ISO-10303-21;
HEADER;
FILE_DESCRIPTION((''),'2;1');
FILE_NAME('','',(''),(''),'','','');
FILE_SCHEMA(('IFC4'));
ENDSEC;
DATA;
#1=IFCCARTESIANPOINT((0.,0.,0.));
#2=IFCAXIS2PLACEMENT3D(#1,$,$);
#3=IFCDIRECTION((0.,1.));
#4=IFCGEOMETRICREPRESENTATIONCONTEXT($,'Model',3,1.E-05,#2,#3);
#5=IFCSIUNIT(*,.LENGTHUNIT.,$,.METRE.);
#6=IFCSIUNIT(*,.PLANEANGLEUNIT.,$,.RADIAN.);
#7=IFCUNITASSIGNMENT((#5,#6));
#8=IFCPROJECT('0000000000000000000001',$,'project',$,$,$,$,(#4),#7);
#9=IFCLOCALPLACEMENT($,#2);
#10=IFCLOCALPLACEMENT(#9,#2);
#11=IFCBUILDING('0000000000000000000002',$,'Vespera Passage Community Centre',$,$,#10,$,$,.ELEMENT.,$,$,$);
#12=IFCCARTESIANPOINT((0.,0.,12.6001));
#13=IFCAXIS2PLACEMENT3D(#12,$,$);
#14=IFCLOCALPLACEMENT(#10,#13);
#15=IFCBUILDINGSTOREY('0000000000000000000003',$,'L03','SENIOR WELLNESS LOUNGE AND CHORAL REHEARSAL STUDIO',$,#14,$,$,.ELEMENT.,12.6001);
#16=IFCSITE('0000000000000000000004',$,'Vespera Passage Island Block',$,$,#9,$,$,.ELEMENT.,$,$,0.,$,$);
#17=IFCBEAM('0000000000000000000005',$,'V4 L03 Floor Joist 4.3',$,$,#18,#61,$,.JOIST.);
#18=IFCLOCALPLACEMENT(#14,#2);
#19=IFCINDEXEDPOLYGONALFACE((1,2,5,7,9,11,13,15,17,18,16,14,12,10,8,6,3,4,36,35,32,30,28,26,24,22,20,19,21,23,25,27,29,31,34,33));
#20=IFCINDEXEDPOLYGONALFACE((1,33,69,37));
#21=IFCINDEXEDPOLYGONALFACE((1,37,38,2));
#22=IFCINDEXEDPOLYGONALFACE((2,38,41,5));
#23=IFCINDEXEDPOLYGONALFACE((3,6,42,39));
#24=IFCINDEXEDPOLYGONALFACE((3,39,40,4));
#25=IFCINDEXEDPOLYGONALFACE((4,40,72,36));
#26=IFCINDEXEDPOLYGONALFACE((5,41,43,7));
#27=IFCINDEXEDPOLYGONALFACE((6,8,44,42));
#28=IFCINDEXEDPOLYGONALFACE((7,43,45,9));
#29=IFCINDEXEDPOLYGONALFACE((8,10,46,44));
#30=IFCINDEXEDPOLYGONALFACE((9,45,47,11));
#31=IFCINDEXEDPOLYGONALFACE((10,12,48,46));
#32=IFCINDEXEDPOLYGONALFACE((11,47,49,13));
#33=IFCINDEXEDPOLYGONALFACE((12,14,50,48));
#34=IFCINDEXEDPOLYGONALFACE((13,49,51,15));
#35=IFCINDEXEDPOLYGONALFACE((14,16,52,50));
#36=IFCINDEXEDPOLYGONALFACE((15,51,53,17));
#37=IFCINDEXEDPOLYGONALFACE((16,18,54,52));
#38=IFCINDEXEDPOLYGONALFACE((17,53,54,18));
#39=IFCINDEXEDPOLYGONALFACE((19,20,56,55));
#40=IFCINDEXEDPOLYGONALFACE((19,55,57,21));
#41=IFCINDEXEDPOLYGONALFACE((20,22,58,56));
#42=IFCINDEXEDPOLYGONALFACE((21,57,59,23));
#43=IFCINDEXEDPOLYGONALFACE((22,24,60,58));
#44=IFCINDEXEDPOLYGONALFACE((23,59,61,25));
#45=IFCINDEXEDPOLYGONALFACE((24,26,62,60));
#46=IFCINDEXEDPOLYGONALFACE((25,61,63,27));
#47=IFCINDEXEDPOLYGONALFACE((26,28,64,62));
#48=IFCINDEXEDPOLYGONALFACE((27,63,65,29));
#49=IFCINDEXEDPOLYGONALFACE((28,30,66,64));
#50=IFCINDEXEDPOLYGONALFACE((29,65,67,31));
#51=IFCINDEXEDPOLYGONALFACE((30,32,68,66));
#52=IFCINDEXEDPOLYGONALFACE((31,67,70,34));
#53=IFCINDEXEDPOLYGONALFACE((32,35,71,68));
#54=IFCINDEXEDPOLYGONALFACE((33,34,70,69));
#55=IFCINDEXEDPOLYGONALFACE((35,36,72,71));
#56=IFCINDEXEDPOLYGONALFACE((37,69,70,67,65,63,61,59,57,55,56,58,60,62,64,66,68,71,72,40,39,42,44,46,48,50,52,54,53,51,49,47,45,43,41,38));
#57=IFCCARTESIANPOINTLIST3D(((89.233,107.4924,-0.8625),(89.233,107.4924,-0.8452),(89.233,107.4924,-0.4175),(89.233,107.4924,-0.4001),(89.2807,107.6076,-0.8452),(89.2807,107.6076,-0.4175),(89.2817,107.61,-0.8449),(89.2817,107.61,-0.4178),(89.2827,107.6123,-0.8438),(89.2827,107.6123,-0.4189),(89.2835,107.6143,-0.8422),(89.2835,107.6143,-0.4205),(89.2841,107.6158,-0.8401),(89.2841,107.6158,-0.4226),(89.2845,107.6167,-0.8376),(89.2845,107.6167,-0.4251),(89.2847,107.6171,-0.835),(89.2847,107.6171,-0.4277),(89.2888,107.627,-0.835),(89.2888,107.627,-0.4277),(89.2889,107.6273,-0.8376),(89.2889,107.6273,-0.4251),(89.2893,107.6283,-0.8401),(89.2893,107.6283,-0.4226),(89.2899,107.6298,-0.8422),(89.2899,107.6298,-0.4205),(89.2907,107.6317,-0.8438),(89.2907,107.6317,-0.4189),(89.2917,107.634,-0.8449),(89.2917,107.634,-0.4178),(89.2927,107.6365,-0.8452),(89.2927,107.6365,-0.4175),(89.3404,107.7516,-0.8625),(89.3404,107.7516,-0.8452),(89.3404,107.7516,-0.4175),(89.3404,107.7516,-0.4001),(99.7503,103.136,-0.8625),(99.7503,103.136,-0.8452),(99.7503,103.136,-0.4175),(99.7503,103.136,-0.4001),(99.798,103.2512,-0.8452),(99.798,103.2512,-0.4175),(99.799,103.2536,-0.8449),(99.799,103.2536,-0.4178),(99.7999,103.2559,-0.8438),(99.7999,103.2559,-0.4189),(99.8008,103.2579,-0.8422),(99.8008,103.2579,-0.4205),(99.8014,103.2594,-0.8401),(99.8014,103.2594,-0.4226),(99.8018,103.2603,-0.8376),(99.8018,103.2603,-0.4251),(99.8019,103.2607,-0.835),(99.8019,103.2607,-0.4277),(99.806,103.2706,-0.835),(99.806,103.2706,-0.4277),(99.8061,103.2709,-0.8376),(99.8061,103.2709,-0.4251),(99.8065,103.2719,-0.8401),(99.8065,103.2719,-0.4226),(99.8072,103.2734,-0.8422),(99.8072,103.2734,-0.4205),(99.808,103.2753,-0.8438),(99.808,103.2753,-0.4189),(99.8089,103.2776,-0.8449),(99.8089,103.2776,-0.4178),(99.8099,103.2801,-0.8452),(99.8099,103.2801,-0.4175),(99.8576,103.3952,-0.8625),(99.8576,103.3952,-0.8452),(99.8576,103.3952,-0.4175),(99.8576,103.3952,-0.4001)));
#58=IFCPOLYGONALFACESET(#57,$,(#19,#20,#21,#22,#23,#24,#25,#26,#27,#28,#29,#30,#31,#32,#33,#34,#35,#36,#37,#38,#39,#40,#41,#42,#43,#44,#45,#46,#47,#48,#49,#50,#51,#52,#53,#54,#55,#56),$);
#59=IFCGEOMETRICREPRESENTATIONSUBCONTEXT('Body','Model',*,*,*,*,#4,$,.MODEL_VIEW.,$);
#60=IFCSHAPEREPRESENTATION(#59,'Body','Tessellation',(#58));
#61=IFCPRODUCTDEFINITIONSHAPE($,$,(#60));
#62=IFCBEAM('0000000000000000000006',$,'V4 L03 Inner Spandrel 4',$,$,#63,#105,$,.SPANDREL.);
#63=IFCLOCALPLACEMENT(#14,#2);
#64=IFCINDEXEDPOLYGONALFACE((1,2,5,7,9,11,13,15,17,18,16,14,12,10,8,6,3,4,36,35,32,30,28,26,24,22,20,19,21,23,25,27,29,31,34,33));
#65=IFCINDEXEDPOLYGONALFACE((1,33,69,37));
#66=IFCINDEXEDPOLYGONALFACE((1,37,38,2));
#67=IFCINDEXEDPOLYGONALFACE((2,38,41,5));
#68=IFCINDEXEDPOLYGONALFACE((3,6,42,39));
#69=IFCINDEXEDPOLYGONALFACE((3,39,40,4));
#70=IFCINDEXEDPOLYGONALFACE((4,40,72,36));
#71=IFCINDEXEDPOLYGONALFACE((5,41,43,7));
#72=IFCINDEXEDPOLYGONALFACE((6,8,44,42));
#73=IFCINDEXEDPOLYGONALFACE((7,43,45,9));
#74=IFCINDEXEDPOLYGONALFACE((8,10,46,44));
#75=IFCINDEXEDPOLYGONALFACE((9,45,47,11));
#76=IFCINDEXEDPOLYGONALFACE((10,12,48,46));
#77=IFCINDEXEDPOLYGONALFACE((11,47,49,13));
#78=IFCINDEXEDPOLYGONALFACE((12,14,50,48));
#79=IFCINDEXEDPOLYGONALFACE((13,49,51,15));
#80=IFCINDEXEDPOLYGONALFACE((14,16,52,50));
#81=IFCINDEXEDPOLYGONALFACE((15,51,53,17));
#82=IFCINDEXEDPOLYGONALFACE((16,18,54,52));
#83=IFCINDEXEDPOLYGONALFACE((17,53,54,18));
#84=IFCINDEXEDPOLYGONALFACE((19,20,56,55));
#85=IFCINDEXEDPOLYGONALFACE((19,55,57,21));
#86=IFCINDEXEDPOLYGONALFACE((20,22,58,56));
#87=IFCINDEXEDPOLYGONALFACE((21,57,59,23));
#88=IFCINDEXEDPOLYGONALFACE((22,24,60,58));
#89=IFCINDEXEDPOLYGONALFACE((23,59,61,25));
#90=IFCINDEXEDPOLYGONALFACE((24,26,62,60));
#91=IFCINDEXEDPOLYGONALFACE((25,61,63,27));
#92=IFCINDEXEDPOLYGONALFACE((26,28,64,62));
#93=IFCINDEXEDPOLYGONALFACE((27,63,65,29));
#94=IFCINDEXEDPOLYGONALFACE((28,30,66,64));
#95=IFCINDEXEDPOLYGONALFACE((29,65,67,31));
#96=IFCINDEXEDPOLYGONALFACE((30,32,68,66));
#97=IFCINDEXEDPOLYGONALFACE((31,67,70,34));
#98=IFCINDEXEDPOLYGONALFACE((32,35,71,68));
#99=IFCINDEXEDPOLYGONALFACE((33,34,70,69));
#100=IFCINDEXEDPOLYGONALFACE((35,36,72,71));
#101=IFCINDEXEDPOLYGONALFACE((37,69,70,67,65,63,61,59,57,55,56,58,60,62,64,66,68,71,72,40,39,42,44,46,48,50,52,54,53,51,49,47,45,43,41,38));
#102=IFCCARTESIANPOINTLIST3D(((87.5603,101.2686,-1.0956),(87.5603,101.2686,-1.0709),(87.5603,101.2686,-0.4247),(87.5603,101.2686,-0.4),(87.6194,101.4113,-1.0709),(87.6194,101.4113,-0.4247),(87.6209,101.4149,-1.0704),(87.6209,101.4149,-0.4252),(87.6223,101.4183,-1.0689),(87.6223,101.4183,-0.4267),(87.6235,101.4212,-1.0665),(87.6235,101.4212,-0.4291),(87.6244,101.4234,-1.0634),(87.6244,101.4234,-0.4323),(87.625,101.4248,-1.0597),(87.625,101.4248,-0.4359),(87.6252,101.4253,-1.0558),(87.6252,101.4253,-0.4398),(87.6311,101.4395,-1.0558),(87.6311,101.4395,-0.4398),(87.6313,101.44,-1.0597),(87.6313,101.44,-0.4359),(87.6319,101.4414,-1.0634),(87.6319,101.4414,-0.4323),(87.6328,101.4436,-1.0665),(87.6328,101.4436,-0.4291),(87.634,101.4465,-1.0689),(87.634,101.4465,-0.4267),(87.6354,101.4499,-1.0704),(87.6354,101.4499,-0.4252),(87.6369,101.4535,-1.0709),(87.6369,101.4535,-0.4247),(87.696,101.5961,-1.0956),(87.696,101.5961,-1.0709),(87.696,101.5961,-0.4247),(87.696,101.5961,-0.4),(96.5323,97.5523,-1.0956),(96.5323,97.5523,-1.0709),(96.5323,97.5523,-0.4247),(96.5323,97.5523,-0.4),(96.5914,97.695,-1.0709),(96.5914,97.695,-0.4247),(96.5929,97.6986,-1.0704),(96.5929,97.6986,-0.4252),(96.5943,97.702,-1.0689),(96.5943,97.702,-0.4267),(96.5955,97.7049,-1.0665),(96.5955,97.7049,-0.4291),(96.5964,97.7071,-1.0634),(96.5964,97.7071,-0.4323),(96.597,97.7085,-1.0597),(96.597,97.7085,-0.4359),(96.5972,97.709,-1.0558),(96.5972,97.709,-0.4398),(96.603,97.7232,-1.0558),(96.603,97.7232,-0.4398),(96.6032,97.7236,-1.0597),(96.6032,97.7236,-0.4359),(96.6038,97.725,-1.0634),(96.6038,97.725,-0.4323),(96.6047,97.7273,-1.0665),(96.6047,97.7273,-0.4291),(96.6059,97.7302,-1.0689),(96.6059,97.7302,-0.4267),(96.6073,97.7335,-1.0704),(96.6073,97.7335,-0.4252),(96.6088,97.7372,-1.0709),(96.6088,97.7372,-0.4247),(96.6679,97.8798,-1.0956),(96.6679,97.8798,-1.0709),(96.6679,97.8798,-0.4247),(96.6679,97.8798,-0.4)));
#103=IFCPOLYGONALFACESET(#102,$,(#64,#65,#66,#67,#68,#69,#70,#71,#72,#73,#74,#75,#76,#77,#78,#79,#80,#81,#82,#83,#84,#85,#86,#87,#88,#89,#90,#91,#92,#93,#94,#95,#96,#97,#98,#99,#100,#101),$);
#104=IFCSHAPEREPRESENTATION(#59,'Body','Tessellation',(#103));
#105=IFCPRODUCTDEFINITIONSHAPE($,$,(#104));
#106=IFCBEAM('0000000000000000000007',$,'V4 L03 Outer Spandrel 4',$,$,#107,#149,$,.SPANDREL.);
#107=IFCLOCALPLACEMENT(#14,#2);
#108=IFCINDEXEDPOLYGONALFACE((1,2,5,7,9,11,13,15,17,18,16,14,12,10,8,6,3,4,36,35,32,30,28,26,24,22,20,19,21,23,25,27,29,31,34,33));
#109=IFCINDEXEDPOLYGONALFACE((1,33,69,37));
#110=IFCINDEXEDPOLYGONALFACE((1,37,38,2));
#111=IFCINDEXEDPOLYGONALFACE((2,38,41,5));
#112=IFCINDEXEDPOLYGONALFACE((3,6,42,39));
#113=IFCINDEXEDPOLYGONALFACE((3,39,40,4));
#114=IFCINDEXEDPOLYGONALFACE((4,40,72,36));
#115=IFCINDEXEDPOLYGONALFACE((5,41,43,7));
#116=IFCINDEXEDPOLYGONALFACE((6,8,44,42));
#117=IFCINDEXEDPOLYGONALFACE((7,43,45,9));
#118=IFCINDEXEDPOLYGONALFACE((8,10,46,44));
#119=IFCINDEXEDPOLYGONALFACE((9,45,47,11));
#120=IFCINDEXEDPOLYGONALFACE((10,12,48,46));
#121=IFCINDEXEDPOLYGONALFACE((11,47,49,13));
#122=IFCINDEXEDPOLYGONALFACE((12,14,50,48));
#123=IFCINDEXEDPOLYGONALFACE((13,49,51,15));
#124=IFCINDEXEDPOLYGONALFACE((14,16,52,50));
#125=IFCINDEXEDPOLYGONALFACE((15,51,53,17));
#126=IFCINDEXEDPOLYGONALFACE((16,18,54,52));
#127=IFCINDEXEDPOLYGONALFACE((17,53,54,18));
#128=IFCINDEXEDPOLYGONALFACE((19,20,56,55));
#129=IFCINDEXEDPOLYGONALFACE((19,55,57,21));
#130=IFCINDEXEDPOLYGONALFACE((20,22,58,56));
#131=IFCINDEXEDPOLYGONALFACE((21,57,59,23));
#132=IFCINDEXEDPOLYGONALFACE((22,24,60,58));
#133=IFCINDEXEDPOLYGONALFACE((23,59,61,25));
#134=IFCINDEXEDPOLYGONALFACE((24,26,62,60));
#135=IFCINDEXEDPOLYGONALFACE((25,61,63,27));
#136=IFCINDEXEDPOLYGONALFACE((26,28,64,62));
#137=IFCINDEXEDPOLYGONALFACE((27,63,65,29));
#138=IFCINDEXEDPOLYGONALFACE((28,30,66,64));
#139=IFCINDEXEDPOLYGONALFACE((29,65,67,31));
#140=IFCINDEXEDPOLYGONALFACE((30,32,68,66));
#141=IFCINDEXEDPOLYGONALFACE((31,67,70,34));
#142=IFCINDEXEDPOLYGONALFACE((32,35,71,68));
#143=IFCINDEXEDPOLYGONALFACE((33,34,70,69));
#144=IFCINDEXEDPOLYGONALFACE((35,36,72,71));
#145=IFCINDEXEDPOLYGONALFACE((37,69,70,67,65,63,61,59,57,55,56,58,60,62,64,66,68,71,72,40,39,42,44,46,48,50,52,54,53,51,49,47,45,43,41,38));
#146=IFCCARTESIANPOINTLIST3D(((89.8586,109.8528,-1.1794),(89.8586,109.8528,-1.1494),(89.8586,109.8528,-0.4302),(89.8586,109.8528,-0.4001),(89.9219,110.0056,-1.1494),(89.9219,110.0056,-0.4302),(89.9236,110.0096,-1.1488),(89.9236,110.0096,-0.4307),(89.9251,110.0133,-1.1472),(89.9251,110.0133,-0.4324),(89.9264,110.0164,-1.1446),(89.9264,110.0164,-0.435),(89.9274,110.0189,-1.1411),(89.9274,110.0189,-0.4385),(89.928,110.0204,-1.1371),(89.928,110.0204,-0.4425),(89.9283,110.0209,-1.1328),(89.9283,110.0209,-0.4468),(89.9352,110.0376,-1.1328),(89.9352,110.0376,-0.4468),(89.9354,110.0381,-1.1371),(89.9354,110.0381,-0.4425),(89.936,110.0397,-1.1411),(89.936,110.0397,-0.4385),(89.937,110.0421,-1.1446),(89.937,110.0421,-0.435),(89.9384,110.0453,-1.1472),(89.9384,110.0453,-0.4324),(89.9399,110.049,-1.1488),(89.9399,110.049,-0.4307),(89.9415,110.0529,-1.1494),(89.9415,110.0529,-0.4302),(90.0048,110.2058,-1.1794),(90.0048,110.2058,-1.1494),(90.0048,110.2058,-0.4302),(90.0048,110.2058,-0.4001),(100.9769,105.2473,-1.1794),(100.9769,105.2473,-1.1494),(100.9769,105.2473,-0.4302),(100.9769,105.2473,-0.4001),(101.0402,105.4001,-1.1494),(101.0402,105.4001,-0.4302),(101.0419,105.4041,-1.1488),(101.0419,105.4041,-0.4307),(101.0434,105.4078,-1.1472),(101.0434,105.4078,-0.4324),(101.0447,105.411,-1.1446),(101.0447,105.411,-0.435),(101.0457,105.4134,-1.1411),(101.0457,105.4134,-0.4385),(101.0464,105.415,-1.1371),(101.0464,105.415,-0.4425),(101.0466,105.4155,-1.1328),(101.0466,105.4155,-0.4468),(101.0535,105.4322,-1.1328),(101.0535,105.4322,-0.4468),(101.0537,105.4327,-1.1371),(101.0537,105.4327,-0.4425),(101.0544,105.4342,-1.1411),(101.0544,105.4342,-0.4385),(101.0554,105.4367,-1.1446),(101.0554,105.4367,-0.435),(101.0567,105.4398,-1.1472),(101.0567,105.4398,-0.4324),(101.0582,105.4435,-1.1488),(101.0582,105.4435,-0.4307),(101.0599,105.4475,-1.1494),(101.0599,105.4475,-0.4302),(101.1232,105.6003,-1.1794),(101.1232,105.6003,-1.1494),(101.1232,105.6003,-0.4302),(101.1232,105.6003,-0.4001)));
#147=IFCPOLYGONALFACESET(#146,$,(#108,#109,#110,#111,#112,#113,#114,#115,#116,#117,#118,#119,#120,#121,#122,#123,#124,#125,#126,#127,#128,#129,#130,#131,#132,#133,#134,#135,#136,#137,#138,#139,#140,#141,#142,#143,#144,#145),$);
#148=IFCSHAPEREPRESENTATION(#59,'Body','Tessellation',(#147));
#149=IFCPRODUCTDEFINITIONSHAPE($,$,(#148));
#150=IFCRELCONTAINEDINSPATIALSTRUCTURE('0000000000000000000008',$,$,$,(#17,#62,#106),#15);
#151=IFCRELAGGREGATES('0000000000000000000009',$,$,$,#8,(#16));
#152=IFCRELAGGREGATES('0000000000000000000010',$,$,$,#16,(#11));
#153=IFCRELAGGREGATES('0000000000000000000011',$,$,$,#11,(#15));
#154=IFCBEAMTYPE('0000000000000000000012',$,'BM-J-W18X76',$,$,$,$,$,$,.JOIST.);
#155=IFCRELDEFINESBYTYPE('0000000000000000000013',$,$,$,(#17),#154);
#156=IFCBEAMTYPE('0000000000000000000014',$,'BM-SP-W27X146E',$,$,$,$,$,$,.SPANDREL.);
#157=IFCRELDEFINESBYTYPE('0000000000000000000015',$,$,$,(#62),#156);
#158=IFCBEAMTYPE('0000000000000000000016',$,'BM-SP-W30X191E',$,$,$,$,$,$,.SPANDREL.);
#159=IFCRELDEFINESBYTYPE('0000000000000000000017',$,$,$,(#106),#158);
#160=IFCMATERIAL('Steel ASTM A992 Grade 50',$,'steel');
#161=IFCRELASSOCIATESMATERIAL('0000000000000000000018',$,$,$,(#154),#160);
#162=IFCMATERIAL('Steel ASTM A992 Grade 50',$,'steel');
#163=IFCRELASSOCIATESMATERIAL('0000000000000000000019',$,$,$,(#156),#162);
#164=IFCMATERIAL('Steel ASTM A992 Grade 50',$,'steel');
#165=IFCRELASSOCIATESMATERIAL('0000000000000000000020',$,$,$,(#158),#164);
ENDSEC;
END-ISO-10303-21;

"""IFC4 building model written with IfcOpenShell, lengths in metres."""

from ifc_helpers import new_model, si_unit, direction, frame, origin, origin_2d, place, context, subcontext, project, spatial, i_section, extrude, material, material_profile, profile_set, type_object, element, save


model = new_model("IFC4")

# Units and contexts
model_context = context("Model", 3, precision=1e-05, world=origin(), true_north=direction((0.0, 1.0)))
body_context = subcontext(model_context, "Body", "Model", "MODEL_VIEW")
ifc_project = project(units=[si_unit("LENGTHUNIT", "METRE"), si_unit("PLANEANGLEUNIT", "RADIAN")], contexts=[model_context])

# Site, building, storey
site_placement = place(None, origin())
site = spatial("IfcSite", under=ifc_project, at=site_placement, Name="Vespera Passage Island Block", CompositionType="ELEMENT", RefElevation=0.0)
building_placement = place(site_placement, origin())
building = spatial("IfcBuilding", under=site, at=building_placement, Name="Vespera Passage Community Centre", CompositionType="ELEMENT")
storey_placement = place(building_placement, frame((0.0, 0.0, 12.6001)))
storey = spatial("IfcBuildingStorey", under=building, at=storey_placement, Name="L03", Description="SENIOR WELLNESS LOUNGE AND CHORAL REHEARSAL STUDIO", CompositionType="ELEMENT", Elevation=12.6001)

# Beams
ifc_material_1 = material(Name="Steel ASTM A992 Grade 50", Category="steel")
ifc_material_profile_1 = material_profile(ifc_material_1, i_section(OverallWidth=0.2805, OverallDepth=0.4624, WebThickness=0.0107, FlangeThickness=0.0173, FilletRadius=0.0103, at=origin_2d()), Name="W18X76")
ifc_profile_set_1 = profile_set([ifc_material_profile_1], Name="Steel ASTM A992 Grade 50")
beam_type_1 = type_object("IfcBeamType", Name="BM-J-W18X76", PredefinedType="JOIST", material=ifc_profile_set_1)
beam_1_placement = place(storey_placement, frame((99.804, 103.2656, -0.6313), z_axis=(-0.923879, 0.382685, 0.0), x_axis=(-0.382685, -0.923879, 0.0)))
element("IfcBeam", 1, at=beam_1_placement, inside=storey, type_object=beam_type_1, Name="V4 L03 Floor Joist 4.3", PredefinedType="JOIST", context=body_context, shape_type="SweptSolid", body=[
    extrude(i_section(OverallWidth=0.2805, OverallDepth=0.4624, WebThickness=0.0107, FlangeThickness=0.0173, FilletRadius=0.0103, at=origin_2d()), origin(), (0.0, 0.0, 1.0), 11.3838),
])
ifc_material_2 = material(Name="Steel ASTM A992 Grade 50", Category="steel")
ifc_material_profile_2 = material_profile(ifc_material_2, i_section(OverallWidth=0.3545, OverallDepth=0.6956, WebThickness=0.0154, FlangeThickness=0.0247, FilletRadius=0.0151, at=origin_2d()), Name="W27X146")
ifc_profile_set_2 = profile_set([ifc_material_profile_2], Name="Steel ASTM A992 Grade 50")
beam_type_2 = type_object("IfcBeamType", Name="BM-SP-W27X146E", PredefinedType="SPANDREL", material=ifc_profile_set_2)
beam_2_placement = place(storey_placement, frame((96.6001, 97.7161, -0.7478), z_axis=(-0.923879, 0.382685, 0.0), x_axis=(-0.382685, -0.923879, 0.0)))
element("IfcBeam", 2, at=beam_2_placement, inside=storey, type_object=beam_type_2, Name="V4 L03 Inner Spandrel 4", PredefinedType="SPANDREL", context=body_context, shape_type="SweptSolid", body=[
    extrude(i_section(OverallWidth=0.3545, OverallDepth=0.6956, WebThickness=0.0154, FlangeThickness=0.0247, FilletRadius=0.0151, at=origin_2d()), origin(), (0.0, 0.0, 1.0), 9.7112),
])
ifc_material_3 = material(Name="Steel ASTM A992 Grade 50", Category="steel")
ifc_material_profile_3 = material_profile(ifc_material_3, i_section(OverallWidth=0.3821, OverallDepth=0.7793, WebThickness=0.0181, FlangeThickness=0.03, FilletRadius=0.0166, at=origin_2d()), Name="W30X191")
ifc_profile_set_3 = profile_set([ifc_material_profile_3], Name="Steel ASTM A992 Grade 50")
beam_type_3 = type_object("IfcBeamType", Name="BM-SP-W30X191E", PredefinedType="SPANDREL", material=ifc_profile_set_3)
beam_3_placement = place(storey_placement, frame((101.05, 105.4238, -0.7898), z_axis=(-0.923877, 0.382689, 0.0), x_axis=(-0.382689, -0.923877, 0.0)))
element("IfcBeam", 3, at=beam_3_placement, inside=storey, type_object=beam_type_3, Name="V4 L03 Outer Spandrel 4", PredefinedType="SPANDREL", context=body_context, shape_type="SweptSolid", body=[
    extrude(i_section(OverallWidth=0.3821, OverallDepth=0.7793, WebThickness=0.0181, FlangeThickness=0.03, FilletRadius=0.0166, at=origin_2d()), origin(), (0.0, 0.0, 1.0), 12.0344),
])

save(model, "model.ifc")
